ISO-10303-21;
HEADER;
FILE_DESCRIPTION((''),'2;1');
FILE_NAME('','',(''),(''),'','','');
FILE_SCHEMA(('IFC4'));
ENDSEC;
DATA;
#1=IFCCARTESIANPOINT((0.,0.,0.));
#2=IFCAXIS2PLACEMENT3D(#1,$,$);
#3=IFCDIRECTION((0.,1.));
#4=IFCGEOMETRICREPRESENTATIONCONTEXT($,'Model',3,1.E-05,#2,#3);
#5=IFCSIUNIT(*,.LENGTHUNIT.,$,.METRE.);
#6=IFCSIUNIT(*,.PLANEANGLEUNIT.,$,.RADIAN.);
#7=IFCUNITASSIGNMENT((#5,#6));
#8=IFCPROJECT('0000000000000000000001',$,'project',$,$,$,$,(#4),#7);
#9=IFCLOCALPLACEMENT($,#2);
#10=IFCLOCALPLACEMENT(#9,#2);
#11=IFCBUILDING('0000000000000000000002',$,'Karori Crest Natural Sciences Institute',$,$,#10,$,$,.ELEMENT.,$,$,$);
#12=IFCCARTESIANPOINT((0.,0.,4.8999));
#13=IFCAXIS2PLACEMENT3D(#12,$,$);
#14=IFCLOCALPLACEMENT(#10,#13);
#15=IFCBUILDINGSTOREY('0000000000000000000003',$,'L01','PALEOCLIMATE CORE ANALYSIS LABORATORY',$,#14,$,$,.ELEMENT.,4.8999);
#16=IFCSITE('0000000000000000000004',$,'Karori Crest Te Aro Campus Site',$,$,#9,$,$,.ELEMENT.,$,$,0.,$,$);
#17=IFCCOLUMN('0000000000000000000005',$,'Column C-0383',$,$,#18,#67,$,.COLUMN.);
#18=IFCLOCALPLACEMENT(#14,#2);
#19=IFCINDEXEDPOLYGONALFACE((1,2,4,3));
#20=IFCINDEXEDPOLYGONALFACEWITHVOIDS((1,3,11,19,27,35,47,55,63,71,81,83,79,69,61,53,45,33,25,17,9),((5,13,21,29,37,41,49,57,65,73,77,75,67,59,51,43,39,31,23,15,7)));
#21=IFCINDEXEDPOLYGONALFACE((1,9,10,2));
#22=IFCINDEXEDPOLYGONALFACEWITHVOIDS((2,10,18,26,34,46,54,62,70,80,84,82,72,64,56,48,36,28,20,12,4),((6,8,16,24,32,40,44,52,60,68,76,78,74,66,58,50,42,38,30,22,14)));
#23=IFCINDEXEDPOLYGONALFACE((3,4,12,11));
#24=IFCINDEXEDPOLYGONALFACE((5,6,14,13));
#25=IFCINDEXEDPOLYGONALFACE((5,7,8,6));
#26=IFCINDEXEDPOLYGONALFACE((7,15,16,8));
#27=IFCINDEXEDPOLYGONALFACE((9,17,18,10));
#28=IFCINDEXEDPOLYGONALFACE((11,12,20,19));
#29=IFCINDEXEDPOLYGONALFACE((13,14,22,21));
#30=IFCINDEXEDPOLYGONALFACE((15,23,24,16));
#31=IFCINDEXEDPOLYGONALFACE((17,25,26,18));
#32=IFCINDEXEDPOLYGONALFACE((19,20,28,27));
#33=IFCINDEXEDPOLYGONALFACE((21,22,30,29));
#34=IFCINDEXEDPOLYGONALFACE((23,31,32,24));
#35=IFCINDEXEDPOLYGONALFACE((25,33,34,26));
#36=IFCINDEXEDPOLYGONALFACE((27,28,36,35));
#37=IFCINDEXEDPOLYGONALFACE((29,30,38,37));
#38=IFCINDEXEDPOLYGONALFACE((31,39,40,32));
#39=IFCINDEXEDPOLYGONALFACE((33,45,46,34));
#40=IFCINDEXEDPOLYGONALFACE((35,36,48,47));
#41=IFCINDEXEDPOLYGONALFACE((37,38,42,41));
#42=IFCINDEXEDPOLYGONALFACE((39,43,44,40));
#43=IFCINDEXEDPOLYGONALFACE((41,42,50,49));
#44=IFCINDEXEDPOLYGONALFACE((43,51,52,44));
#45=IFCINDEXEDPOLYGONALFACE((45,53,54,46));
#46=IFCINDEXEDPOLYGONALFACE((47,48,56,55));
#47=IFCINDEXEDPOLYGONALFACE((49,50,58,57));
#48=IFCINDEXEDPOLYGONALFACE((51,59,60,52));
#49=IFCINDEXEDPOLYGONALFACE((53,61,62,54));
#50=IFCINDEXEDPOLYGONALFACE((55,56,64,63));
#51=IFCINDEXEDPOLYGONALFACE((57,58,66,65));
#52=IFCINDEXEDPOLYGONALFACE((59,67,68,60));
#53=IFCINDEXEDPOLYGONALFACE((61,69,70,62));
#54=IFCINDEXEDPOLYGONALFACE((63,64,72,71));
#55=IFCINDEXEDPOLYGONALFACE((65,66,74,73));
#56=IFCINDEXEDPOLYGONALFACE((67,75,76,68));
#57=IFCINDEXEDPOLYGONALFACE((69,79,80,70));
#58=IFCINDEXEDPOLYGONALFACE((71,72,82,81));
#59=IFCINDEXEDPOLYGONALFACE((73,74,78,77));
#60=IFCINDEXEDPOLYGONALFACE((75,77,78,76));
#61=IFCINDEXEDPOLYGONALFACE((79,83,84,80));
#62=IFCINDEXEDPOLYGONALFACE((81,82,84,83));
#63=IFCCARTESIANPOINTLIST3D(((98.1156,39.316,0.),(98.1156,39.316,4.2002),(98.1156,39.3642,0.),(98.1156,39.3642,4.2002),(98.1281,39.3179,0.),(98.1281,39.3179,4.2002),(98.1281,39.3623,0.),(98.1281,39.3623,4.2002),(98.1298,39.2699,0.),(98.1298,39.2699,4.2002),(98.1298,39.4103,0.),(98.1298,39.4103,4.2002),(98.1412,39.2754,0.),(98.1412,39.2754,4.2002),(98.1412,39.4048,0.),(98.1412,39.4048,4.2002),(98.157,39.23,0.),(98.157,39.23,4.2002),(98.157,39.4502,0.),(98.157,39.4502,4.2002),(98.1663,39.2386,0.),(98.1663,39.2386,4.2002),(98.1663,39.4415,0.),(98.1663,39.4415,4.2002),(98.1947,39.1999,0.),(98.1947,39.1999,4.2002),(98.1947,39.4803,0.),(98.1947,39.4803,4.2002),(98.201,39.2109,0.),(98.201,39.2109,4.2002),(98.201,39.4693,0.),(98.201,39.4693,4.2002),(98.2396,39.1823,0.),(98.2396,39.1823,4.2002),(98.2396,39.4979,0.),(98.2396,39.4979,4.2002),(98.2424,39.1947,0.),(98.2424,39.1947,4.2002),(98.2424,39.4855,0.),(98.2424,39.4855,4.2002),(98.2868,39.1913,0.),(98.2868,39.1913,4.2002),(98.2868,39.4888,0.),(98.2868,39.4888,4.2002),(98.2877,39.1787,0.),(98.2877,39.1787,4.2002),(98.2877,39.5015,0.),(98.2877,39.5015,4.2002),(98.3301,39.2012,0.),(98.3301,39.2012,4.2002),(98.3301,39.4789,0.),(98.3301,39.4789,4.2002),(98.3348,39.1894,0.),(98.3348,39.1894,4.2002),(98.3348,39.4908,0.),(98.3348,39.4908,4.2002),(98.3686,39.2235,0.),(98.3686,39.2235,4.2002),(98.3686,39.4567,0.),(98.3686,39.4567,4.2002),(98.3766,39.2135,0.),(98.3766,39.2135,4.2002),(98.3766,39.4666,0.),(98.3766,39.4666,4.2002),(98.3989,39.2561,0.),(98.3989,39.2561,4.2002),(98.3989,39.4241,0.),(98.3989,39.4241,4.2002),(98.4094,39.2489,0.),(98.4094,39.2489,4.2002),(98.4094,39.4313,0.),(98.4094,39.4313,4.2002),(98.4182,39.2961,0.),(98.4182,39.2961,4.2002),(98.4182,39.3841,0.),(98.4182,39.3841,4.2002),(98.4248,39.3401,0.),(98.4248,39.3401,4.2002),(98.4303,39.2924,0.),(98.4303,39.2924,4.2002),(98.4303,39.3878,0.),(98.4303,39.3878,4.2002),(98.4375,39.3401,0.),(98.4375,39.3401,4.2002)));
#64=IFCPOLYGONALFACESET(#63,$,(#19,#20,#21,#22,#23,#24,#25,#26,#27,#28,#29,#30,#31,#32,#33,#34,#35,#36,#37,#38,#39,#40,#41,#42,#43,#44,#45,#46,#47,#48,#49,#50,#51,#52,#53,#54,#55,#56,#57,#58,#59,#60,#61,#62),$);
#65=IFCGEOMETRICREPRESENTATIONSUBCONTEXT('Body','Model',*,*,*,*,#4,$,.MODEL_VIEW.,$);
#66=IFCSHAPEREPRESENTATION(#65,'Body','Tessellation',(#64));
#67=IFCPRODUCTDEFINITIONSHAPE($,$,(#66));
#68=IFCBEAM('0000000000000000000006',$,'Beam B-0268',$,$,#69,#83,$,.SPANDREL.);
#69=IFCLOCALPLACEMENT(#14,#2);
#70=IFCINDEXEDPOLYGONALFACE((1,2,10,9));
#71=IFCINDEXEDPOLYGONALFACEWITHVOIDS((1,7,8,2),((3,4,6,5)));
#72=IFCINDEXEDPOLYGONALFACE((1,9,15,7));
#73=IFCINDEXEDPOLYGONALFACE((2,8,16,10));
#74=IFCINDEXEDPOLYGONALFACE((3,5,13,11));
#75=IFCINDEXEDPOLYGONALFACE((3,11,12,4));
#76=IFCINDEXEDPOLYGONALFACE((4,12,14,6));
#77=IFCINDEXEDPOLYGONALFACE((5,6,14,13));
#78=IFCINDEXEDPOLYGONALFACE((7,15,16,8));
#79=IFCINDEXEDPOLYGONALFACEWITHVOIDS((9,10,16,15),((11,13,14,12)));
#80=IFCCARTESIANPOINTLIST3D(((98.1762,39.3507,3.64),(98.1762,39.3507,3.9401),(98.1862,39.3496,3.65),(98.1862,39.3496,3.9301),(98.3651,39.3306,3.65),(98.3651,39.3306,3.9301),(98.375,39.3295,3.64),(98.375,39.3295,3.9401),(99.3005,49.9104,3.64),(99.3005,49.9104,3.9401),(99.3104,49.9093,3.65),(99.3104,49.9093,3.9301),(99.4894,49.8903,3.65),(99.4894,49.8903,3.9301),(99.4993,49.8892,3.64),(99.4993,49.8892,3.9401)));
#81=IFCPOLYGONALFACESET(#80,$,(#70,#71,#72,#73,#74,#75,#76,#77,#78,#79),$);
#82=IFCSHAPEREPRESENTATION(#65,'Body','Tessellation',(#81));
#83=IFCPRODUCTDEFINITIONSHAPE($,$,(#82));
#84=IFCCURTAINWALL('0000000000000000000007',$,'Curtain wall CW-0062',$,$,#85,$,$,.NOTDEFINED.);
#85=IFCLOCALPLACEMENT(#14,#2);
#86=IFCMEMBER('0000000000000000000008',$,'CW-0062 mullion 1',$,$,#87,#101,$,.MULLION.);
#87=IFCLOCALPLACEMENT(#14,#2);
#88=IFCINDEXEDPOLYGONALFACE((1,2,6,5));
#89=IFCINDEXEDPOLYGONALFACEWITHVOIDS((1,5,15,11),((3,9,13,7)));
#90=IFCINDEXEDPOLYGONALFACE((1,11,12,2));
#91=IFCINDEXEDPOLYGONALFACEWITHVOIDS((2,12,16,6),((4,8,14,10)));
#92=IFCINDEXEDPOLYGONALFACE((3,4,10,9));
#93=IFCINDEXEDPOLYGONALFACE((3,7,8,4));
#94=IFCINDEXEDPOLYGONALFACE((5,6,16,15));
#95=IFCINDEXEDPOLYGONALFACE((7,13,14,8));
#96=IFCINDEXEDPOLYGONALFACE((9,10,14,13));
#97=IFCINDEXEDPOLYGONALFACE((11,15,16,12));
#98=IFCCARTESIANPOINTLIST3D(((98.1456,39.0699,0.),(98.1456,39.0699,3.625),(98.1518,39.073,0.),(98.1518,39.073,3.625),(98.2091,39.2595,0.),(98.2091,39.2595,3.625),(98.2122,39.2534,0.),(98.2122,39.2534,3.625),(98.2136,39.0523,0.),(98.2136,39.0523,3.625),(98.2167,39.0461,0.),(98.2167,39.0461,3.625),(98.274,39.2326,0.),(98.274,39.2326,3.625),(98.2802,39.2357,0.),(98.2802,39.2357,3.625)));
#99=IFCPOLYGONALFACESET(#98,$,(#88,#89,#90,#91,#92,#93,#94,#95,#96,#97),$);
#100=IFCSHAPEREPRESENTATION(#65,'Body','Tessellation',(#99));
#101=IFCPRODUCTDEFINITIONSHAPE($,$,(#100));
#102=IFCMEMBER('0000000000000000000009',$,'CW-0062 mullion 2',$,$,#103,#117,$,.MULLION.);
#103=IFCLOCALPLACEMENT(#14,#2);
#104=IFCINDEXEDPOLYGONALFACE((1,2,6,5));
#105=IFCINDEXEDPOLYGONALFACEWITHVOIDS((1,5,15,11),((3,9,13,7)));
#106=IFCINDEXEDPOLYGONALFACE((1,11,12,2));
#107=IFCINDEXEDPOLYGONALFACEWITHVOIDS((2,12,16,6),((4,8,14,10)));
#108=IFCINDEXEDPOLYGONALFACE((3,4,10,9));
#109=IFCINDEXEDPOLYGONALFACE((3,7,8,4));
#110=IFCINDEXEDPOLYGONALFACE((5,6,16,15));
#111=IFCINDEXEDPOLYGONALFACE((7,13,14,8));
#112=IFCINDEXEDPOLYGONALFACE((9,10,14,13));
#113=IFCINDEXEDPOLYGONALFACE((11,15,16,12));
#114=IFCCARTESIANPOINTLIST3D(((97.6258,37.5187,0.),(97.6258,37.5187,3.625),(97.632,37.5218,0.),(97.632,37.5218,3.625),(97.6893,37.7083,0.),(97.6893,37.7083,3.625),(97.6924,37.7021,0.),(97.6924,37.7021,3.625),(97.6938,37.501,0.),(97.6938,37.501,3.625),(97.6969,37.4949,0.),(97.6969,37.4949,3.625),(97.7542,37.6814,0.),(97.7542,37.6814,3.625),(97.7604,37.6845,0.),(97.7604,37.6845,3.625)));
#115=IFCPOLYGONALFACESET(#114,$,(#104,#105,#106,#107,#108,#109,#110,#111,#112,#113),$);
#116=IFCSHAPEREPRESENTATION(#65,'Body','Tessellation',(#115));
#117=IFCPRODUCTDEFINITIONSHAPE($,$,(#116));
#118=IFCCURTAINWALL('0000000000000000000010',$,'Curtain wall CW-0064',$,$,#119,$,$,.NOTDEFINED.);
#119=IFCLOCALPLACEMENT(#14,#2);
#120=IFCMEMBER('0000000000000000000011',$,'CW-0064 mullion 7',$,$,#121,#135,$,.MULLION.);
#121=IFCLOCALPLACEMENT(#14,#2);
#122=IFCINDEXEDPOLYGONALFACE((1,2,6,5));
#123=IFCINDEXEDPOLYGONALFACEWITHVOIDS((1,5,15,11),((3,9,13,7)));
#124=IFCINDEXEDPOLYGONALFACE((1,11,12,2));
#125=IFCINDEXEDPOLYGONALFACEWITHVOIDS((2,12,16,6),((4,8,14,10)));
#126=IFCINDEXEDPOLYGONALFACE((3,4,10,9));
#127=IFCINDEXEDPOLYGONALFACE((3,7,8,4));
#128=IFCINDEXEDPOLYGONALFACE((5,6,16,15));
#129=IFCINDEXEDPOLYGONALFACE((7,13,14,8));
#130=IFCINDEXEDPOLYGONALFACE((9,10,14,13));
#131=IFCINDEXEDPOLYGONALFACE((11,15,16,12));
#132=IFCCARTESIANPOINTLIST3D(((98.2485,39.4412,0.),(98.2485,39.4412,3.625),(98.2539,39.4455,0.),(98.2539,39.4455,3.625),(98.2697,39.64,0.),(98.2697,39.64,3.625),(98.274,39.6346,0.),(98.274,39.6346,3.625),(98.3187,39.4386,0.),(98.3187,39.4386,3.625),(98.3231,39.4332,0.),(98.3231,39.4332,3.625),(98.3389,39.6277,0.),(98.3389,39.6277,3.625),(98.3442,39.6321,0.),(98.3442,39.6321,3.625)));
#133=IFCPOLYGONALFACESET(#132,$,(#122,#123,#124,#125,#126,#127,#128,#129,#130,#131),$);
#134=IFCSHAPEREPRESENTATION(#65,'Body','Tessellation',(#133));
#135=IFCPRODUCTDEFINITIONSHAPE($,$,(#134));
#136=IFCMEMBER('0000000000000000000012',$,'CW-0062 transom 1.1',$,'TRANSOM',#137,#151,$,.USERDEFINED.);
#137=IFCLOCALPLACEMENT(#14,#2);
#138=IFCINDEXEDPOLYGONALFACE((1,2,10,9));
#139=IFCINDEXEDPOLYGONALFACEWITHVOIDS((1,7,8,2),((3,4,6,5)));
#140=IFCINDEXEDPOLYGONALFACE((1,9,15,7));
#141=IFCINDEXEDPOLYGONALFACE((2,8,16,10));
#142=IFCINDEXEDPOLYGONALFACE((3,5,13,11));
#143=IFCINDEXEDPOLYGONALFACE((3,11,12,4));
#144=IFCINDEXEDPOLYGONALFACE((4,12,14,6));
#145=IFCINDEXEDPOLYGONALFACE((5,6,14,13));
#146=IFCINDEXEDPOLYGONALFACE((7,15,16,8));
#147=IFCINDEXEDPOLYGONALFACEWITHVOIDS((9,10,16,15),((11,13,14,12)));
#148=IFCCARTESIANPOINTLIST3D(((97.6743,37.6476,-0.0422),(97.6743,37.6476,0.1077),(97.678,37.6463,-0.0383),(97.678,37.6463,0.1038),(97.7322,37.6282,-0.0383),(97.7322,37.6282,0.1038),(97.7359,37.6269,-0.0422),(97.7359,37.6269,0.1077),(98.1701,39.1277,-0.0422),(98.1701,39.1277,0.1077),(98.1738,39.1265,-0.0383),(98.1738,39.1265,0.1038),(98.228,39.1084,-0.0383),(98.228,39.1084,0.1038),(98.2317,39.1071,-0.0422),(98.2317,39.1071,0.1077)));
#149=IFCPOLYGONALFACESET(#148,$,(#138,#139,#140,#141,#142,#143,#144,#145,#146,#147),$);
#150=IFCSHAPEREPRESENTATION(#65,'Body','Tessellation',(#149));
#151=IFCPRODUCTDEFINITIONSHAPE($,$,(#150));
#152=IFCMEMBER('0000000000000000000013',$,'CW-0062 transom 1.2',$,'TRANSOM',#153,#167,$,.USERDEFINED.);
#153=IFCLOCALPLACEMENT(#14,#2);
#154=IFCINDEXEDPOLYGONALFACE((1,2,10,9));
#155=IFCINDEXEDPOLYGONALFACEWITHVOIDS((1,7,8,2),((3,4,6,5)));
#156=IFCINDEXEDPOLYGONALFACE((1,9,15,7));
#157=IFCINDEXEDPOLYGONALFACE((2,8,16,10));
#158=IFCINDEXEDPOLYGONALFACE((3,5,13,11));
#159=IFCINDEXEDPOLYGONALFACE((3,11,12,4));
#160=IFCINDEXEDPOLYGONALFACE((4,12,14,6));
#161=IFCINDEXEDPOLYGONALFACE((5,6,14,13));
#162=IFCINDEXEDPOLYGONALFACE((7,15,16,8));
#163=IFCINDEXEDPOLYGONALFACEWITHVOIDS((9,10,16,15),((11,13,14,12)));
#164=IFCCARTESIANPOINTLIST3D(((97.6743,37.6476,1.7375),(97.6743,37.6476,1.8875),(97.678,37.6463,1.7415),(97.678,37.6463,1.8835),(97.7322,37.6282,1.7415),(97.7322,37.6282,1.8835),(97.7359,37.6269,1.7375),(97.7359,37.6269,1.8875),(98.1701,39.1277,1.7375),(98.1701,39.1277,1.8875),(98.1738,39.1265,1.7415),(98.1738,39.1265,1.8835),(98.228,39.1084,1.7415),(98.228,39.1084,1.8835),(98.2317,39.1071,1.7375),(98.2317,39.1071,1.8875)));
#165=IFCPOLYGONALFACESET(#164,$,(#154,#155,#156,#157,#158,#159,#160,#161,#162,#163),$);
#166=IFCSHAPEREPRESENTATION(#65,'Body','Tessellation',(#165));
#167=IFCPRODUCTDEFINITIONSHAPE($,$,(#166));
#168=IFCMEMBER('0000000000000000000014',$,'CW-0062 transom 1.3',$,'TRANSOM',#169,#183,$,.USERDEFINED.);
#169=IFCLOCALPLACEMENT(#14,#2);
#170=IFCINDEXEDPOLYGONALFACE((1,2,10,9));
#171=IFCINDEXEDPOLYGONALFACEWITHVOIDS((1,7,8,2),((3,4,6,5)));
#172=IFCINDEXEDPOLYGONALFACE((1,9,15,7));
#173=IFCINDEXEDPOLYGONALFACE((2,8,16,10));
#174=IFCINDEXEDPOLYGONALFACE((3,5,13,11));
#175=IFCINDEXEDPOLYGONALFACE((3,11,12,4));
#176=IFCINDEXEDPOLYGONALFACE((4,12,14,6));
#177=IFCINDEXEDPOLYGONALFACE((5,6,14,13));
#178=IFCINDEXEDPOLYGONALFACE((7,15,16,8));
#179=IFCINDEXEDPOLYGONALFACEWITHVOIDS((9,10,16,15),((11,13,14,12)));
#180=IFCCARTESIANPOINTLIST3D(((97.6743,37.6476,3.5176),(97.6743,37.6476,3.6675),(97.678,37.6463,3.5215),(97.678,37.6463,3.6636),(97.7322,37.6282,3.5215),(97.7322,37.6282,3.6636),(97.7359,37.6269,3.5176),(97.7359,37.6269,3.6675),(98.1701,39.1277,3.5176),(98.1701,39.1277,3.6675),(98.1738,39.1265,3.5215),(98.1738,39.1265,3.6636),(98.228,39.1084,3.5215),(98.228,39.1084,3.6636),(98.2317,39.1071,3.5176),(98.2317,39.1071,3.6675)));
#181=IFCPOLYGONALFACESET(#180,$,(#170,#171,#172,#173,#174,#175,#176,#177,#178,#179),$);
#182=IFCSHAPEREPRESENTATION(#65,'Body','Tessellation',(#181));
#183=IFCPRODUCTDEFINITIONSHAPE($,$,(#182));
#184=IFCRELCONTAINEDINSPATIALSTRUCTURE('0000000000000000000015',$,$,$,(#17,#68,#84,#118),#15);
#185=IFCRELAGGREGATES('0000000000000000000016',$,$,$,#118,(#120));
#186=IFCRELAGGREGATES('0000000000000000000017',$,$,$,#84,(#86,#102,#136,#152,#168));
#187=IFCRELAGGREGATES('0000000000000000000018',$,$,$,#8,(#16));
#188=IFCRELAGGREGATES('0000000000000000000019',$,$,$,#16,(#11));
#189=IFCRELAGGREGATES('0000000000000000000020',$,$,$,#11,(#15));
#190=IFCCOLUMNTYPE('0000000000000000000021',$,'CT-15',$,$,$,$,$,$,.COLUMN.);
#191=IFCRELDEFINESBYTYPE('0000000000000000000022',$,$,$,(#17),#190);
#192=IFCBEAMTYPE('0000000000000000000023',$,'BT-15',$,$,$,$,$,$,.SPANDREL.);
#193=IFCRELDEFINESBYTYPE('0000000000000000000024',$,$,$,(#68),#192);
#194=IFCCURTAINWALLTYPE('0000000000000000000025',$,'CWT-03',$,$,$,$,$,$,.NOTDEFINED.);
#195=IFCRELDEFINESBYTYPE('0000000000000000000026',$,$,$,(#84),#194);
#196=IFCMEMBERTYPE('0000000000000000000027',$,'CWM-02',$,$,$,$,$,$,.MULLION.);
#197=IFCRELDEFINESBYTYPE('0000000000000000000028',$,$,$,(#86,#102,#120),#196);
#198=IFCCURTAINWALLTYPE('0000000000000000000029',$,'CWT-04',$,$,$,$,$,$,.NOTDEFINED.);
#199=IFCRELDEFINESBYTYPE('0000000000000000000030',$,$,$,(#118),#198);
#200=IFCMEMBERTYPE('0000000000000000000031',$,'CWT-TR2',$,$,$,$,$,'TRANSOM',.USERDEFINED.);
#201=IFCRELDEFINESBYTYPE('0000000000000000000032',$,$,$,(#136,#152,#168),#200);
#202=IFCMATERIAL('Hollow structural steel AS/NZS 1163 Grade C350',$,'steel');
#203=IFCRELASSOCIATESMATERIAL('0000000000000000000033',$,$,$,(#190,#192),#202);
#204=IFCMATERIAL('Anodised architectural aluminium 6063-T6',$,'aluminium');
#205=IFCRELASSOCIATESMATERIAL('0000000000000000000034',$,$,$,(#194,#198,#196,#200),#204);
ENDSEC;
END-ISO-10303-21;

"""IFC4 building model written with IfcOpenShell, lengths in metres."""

from ifc_helpers import new_model, si_unit, direction, frame, origin, origin_2d, place, context, subcontext, project, spatial, hollow_rectangle, hollow_circle, extrude, material, material_profile, profile_set, type_object, element, aggregate, save


model = new_model("IFC4")

# Units and contexts
model_context = context("Model", 3, precision=1e-05, world=origin(), true_north=direction((0.0, 1.0)))
body_context = subcontext(model_context, "Body", "Model", "MODEL_VIEW")
ifc_project = project(units=[si_unit("LENGTHUNIT", "METRE"), si_unit("PLANEANGLEUNIT", "RADIAN")], contexts=[model_context])

# Site, building, storey
site_placement = place(None, origin())
site = spatial("IfcSite", under=ifc_project, at=site_placement, Name="Karori Crest Te Aro Campus Site", CompositionType="ELEMENT", RefElevation=0.0)
building_placement = place(site_placement, origin())
building = spatial("IfcBuilding", under=site, at=building_placement, Name="Karori Crest Natural Sciences Institute", CompositionType="ELEMENT")
storey_placement = place(building_placement, frame((0.0, 0.0, 4.8999)))
storey = spatial("IfcBuildingStorey", under=building, at=storey_placement, Name="L01", Description="PALEOCLIMATE CORE ANALYSIS LABORATORY", CompositionType="ELEMENT", Elevation=4.8999)

# Column
ifc_material_1 = material(Name="Hollow structural steel AS/NZS 1163 Grade C350", Category="steel")
ifc_material_profile_1 = material_profile(ifc_material_1, hollow_circle(Radius=0.1619, WallThickness=0.0127, at=origin_2d()), Name="CHS323.9x12.7")
ifc_profile_set_1 = profile_set([ifc_material_profile_1], Name="Hollow structural steel AS/NZS 1163 Grade C350")
column_type = type_object("IfcColumnType", Name="CT-15", PredefinedType="COLUMN", material=ifc_profile_set_1)
column_placement = place(storey_placement, frame((98.2756, 39.3401, 0.0), z_axis=(0.0, 0.0, 1.0), x_axis=(1.0, 0.0, 0.0)))
element("IfcColumn", 1, at=column_placement, inside=storey, type_object=column_type, Name="Column C-0383", PredefinedType="COLUMN", context=body_context, shape_type="SweptSolid", body=[
    extrude(hollow_circle(Radius=0.1619, WallThickness=0.0127, at=origin_2d()), origin(), (0.0, 0.0, 1.0), 4.2002),
])

# Beam
ifc_material_profile_2 = material_profile(ifc_material_1, hollow_rectangle(XDim=0.2, YDim=0.3, WallThickness=0.01, at=origin_2d()), Name="RHS300x200x10")
ifc_profile_set_2 = profile_set([ifc_material_profile_2], Name="Hollow structural steel AS/NZS 1163 Grade C350")
beam_type = type_object("IfcBeamType", Name="BT-15", PredefinedType="SPANDREL", material=ifc_profile_set_2)
beam_placement = place(storey_placement, frame((98.2756, 39.3401, 3.79), z_axis=(0.105868, 0.99438, 0.0), x_axis=(-0.99438, 0.105868, 0.0)))
element("IfcBeam", 2, at=beam_placement, inside=storey, type_object=beam_type, Name="Beam B-0268", PredefinedType="SPANDREL", context=body_context, shape_type="SweptSolid", body=[
    extrude(hollow_rectangle(XDim=0.2, YDim=0.3, WallThickness=0.01, at=origin_2d()), origin(), (0.0, 0.0, 1.0), 10.6194),
])

# Curtain wall, members
ifc_material_2 = material(Name="Anodised architectural aluminium 6063-T6", Category="aluminium")
curtain_wall_type_1 = type_object("IfcCurtainWallType", Name="CWT-03", PredefinedType="NOTDEFINED", material=ifc_material_2)
curtain_wall_1_placement = place(storey_placement, origin())
curtain_wall_1 = element("IfcCurtainWall", 3, at=curtain_wall_1_placement, inside=storey, type_object=curtain_wall_type_1, Name="Curtain wall CW-0062", PredefinedType="NOTDEFINED")
ifc_material_profile_3 = material_profile(ifc_material_2, hollow_rectangle(XDim=0.075, YDim=0.2, WallThickness=0.0049, at=origin_2d()), Name="CWM200x75x5")
ifc_profile_set_3 = profile_set([ifc_material_profile_3], Name="Anodised architectural aluminium 6063-T6")
member_type_1 = type_object("IfcMemberType", Name="CWM-02", PredefinedType="MULLION", material=ifc_profile_set_3)
member_1_placement = place(storey_placement, frame((98.2129, 39.1528, 0.0), z_axis=(0.0, 0.0, 1.0), x_axis=(0.948196, -0.317685, 0.0)))
member_1 = element("IfcMember", 4, at=member_1_placement, type_object=member_type_1, Name="CW-0062 mullion 1", PredefinedType="MULLION", context=body_context, shape_type="SweptSolid", body=[
    extrude(hollow_rectangle(XDim=0.075, YDim=0.2, WallThickness=0.0049, at=origin_2d()), origin(), (0.0, 0.0, 1.0), 3.625),
])
member_2_placement = place(storey_placement, frame((97.6931, 37.6016, 0.0), z_axis=(0.0, 0.0, 1.0), x_axis=(0.948196, -0.317685, 0.0)))
member_2 = element("IfcMember", 5, at=member_2_placement, type_object=member_type_1, Name="CW-0062 mullion 2", PredefinedType="MULLION", context=body_context, shape_type="SweptSolid", body=[
    extrude(hollow_rectangle(XDim=0.075, YDim=0.2, WallThickness=0.0049, at=origin_2d()), origin(), (0.0, 0.0, 1.0), 3.625),
])

# Curtain wall, member
curtain_wall_type_2 = type_object("IfcCurtainWallType", Name="CWT-04", PredefinedType="NOTDEFINED", material=ifc_material_2)
curtain_wall_2_placement = place(storey_placement, origin())
curtain_wall_2 = element("IfcCurtainWall", 6, at=curtain_wall_2_placement, inside=storey, type_object=curtain_wall_type_2, Name="Curtain wall CW-0064", PredefinedType="NOTDEFINED")
member_3_placement = place(storey_placement, frame((98.2964, 39.5366, 0.0), z_axis=(0.0, 0.0, 1.0), x_axis=(0.994378, -0.105884, 0.0)))
member_3 = element("IfcMember", 7, at=member_3_placement, type_object=member_type_1, Name="CW-0064 mullion 7", PredefinedType="MULLION", context=body_context, shape_type="SweptSolid", body=[
    extrude(hollow_rectangle(XDim=0.075, YDim=0.2, WallThickness=0.0049, at=origin_2d()), origin(), (0.0, 0.0, 1.0), 3.625),
])
aggregate(curtain_wall_2, [member_3])

# Members
ifc_material_profile_4 = material_profile(ifc_material_2, hollow_rectangle(XDim=0.0649, YDim=0.1499, WallThickness=0.0039, at=origin_2d()), Name="CWT150x65x4")
ifc_profile_set_4 = profile_set([ifc_material_profile_4], Name="Anodised architectural aluminium 6063-T6")
member_type_2 = type_object("IfcMemberType", Name="CWT-TR2", ElementType="TRANSOM", PredefinedType="USERDEFINED", material=ifc_profile_set_4)
member_4_placement = place(storey_placement, frame((98.2009, 39.1174, 0.0327), z_axis=(-0.317635, -0.948213, 0.0), x_axis=(0.948213, -0.317635, 0.0)))
member_4 = element("IfcMember", 8, at=member_4_placement, type_object=member_type_2, Name="CW-0062 transom 1.1", ObjectType="TRANSOM", PredefinedType="USERDEFINED", context=body_context, shape_type="SweptSolid", body=[
    extrude(hollow_rectangle(XDim=0.0649, YDim=0.1499, WallThickness=0.0039, at=origin_2d()), origin(), (0.0, 0.0, 1.0), 1.561),
])
member_5_placement = place(storey_placement, frame((98.2009, 39.1174, 1.8125), z_axis=(-0.317635, -0.948213, 0.0), x_axis=(0.948213, -0.317635, 0.0)))
member_5 = element("IfcMember", 9, at=member_5_placement, type_object=member_type_2, Name="CW-0062 transom 1.2", ObjectType="TRANSOM", PredefinedType="USERDEFINED", context=body_context, shape_type="SweptSolid", body=[
    extrude(hollow_rectangle(XDim=0.0649, YDim=0.1499, WallThickness=0.0039, at=origin_2d()), origin(), (0.0, 0.0, 1.0), 1.561),
])
member_6_placement = place(storey_placement, frame((98.2009, 39.1174, 3.5925), z_axis=(-0.317635, -0.948213, 0.0), x_axis=(0.948213, -0.317635, 0.0)))
member_6 = element("IfcMember", 10, at=member_6_placement, type_object=member_type_2, Name="CW-0062 transom 1.3", ObjectType="TRANSOM", PredefinedType="USERDEFINED", context=body_context, shape_type="SweptSolid", body=[
    extrude(hollow_rectangle(XDim=0.0649, YDim=0.1499, WallThickness=0.0039, at=origin_2d()), origin(), (0.0, 0.0, 1.0), 1.561),
])

aggregate(curtain_wall_1, [member_1, member_2, member_4, member_5, member_6])

save(model, "model.ifc")
